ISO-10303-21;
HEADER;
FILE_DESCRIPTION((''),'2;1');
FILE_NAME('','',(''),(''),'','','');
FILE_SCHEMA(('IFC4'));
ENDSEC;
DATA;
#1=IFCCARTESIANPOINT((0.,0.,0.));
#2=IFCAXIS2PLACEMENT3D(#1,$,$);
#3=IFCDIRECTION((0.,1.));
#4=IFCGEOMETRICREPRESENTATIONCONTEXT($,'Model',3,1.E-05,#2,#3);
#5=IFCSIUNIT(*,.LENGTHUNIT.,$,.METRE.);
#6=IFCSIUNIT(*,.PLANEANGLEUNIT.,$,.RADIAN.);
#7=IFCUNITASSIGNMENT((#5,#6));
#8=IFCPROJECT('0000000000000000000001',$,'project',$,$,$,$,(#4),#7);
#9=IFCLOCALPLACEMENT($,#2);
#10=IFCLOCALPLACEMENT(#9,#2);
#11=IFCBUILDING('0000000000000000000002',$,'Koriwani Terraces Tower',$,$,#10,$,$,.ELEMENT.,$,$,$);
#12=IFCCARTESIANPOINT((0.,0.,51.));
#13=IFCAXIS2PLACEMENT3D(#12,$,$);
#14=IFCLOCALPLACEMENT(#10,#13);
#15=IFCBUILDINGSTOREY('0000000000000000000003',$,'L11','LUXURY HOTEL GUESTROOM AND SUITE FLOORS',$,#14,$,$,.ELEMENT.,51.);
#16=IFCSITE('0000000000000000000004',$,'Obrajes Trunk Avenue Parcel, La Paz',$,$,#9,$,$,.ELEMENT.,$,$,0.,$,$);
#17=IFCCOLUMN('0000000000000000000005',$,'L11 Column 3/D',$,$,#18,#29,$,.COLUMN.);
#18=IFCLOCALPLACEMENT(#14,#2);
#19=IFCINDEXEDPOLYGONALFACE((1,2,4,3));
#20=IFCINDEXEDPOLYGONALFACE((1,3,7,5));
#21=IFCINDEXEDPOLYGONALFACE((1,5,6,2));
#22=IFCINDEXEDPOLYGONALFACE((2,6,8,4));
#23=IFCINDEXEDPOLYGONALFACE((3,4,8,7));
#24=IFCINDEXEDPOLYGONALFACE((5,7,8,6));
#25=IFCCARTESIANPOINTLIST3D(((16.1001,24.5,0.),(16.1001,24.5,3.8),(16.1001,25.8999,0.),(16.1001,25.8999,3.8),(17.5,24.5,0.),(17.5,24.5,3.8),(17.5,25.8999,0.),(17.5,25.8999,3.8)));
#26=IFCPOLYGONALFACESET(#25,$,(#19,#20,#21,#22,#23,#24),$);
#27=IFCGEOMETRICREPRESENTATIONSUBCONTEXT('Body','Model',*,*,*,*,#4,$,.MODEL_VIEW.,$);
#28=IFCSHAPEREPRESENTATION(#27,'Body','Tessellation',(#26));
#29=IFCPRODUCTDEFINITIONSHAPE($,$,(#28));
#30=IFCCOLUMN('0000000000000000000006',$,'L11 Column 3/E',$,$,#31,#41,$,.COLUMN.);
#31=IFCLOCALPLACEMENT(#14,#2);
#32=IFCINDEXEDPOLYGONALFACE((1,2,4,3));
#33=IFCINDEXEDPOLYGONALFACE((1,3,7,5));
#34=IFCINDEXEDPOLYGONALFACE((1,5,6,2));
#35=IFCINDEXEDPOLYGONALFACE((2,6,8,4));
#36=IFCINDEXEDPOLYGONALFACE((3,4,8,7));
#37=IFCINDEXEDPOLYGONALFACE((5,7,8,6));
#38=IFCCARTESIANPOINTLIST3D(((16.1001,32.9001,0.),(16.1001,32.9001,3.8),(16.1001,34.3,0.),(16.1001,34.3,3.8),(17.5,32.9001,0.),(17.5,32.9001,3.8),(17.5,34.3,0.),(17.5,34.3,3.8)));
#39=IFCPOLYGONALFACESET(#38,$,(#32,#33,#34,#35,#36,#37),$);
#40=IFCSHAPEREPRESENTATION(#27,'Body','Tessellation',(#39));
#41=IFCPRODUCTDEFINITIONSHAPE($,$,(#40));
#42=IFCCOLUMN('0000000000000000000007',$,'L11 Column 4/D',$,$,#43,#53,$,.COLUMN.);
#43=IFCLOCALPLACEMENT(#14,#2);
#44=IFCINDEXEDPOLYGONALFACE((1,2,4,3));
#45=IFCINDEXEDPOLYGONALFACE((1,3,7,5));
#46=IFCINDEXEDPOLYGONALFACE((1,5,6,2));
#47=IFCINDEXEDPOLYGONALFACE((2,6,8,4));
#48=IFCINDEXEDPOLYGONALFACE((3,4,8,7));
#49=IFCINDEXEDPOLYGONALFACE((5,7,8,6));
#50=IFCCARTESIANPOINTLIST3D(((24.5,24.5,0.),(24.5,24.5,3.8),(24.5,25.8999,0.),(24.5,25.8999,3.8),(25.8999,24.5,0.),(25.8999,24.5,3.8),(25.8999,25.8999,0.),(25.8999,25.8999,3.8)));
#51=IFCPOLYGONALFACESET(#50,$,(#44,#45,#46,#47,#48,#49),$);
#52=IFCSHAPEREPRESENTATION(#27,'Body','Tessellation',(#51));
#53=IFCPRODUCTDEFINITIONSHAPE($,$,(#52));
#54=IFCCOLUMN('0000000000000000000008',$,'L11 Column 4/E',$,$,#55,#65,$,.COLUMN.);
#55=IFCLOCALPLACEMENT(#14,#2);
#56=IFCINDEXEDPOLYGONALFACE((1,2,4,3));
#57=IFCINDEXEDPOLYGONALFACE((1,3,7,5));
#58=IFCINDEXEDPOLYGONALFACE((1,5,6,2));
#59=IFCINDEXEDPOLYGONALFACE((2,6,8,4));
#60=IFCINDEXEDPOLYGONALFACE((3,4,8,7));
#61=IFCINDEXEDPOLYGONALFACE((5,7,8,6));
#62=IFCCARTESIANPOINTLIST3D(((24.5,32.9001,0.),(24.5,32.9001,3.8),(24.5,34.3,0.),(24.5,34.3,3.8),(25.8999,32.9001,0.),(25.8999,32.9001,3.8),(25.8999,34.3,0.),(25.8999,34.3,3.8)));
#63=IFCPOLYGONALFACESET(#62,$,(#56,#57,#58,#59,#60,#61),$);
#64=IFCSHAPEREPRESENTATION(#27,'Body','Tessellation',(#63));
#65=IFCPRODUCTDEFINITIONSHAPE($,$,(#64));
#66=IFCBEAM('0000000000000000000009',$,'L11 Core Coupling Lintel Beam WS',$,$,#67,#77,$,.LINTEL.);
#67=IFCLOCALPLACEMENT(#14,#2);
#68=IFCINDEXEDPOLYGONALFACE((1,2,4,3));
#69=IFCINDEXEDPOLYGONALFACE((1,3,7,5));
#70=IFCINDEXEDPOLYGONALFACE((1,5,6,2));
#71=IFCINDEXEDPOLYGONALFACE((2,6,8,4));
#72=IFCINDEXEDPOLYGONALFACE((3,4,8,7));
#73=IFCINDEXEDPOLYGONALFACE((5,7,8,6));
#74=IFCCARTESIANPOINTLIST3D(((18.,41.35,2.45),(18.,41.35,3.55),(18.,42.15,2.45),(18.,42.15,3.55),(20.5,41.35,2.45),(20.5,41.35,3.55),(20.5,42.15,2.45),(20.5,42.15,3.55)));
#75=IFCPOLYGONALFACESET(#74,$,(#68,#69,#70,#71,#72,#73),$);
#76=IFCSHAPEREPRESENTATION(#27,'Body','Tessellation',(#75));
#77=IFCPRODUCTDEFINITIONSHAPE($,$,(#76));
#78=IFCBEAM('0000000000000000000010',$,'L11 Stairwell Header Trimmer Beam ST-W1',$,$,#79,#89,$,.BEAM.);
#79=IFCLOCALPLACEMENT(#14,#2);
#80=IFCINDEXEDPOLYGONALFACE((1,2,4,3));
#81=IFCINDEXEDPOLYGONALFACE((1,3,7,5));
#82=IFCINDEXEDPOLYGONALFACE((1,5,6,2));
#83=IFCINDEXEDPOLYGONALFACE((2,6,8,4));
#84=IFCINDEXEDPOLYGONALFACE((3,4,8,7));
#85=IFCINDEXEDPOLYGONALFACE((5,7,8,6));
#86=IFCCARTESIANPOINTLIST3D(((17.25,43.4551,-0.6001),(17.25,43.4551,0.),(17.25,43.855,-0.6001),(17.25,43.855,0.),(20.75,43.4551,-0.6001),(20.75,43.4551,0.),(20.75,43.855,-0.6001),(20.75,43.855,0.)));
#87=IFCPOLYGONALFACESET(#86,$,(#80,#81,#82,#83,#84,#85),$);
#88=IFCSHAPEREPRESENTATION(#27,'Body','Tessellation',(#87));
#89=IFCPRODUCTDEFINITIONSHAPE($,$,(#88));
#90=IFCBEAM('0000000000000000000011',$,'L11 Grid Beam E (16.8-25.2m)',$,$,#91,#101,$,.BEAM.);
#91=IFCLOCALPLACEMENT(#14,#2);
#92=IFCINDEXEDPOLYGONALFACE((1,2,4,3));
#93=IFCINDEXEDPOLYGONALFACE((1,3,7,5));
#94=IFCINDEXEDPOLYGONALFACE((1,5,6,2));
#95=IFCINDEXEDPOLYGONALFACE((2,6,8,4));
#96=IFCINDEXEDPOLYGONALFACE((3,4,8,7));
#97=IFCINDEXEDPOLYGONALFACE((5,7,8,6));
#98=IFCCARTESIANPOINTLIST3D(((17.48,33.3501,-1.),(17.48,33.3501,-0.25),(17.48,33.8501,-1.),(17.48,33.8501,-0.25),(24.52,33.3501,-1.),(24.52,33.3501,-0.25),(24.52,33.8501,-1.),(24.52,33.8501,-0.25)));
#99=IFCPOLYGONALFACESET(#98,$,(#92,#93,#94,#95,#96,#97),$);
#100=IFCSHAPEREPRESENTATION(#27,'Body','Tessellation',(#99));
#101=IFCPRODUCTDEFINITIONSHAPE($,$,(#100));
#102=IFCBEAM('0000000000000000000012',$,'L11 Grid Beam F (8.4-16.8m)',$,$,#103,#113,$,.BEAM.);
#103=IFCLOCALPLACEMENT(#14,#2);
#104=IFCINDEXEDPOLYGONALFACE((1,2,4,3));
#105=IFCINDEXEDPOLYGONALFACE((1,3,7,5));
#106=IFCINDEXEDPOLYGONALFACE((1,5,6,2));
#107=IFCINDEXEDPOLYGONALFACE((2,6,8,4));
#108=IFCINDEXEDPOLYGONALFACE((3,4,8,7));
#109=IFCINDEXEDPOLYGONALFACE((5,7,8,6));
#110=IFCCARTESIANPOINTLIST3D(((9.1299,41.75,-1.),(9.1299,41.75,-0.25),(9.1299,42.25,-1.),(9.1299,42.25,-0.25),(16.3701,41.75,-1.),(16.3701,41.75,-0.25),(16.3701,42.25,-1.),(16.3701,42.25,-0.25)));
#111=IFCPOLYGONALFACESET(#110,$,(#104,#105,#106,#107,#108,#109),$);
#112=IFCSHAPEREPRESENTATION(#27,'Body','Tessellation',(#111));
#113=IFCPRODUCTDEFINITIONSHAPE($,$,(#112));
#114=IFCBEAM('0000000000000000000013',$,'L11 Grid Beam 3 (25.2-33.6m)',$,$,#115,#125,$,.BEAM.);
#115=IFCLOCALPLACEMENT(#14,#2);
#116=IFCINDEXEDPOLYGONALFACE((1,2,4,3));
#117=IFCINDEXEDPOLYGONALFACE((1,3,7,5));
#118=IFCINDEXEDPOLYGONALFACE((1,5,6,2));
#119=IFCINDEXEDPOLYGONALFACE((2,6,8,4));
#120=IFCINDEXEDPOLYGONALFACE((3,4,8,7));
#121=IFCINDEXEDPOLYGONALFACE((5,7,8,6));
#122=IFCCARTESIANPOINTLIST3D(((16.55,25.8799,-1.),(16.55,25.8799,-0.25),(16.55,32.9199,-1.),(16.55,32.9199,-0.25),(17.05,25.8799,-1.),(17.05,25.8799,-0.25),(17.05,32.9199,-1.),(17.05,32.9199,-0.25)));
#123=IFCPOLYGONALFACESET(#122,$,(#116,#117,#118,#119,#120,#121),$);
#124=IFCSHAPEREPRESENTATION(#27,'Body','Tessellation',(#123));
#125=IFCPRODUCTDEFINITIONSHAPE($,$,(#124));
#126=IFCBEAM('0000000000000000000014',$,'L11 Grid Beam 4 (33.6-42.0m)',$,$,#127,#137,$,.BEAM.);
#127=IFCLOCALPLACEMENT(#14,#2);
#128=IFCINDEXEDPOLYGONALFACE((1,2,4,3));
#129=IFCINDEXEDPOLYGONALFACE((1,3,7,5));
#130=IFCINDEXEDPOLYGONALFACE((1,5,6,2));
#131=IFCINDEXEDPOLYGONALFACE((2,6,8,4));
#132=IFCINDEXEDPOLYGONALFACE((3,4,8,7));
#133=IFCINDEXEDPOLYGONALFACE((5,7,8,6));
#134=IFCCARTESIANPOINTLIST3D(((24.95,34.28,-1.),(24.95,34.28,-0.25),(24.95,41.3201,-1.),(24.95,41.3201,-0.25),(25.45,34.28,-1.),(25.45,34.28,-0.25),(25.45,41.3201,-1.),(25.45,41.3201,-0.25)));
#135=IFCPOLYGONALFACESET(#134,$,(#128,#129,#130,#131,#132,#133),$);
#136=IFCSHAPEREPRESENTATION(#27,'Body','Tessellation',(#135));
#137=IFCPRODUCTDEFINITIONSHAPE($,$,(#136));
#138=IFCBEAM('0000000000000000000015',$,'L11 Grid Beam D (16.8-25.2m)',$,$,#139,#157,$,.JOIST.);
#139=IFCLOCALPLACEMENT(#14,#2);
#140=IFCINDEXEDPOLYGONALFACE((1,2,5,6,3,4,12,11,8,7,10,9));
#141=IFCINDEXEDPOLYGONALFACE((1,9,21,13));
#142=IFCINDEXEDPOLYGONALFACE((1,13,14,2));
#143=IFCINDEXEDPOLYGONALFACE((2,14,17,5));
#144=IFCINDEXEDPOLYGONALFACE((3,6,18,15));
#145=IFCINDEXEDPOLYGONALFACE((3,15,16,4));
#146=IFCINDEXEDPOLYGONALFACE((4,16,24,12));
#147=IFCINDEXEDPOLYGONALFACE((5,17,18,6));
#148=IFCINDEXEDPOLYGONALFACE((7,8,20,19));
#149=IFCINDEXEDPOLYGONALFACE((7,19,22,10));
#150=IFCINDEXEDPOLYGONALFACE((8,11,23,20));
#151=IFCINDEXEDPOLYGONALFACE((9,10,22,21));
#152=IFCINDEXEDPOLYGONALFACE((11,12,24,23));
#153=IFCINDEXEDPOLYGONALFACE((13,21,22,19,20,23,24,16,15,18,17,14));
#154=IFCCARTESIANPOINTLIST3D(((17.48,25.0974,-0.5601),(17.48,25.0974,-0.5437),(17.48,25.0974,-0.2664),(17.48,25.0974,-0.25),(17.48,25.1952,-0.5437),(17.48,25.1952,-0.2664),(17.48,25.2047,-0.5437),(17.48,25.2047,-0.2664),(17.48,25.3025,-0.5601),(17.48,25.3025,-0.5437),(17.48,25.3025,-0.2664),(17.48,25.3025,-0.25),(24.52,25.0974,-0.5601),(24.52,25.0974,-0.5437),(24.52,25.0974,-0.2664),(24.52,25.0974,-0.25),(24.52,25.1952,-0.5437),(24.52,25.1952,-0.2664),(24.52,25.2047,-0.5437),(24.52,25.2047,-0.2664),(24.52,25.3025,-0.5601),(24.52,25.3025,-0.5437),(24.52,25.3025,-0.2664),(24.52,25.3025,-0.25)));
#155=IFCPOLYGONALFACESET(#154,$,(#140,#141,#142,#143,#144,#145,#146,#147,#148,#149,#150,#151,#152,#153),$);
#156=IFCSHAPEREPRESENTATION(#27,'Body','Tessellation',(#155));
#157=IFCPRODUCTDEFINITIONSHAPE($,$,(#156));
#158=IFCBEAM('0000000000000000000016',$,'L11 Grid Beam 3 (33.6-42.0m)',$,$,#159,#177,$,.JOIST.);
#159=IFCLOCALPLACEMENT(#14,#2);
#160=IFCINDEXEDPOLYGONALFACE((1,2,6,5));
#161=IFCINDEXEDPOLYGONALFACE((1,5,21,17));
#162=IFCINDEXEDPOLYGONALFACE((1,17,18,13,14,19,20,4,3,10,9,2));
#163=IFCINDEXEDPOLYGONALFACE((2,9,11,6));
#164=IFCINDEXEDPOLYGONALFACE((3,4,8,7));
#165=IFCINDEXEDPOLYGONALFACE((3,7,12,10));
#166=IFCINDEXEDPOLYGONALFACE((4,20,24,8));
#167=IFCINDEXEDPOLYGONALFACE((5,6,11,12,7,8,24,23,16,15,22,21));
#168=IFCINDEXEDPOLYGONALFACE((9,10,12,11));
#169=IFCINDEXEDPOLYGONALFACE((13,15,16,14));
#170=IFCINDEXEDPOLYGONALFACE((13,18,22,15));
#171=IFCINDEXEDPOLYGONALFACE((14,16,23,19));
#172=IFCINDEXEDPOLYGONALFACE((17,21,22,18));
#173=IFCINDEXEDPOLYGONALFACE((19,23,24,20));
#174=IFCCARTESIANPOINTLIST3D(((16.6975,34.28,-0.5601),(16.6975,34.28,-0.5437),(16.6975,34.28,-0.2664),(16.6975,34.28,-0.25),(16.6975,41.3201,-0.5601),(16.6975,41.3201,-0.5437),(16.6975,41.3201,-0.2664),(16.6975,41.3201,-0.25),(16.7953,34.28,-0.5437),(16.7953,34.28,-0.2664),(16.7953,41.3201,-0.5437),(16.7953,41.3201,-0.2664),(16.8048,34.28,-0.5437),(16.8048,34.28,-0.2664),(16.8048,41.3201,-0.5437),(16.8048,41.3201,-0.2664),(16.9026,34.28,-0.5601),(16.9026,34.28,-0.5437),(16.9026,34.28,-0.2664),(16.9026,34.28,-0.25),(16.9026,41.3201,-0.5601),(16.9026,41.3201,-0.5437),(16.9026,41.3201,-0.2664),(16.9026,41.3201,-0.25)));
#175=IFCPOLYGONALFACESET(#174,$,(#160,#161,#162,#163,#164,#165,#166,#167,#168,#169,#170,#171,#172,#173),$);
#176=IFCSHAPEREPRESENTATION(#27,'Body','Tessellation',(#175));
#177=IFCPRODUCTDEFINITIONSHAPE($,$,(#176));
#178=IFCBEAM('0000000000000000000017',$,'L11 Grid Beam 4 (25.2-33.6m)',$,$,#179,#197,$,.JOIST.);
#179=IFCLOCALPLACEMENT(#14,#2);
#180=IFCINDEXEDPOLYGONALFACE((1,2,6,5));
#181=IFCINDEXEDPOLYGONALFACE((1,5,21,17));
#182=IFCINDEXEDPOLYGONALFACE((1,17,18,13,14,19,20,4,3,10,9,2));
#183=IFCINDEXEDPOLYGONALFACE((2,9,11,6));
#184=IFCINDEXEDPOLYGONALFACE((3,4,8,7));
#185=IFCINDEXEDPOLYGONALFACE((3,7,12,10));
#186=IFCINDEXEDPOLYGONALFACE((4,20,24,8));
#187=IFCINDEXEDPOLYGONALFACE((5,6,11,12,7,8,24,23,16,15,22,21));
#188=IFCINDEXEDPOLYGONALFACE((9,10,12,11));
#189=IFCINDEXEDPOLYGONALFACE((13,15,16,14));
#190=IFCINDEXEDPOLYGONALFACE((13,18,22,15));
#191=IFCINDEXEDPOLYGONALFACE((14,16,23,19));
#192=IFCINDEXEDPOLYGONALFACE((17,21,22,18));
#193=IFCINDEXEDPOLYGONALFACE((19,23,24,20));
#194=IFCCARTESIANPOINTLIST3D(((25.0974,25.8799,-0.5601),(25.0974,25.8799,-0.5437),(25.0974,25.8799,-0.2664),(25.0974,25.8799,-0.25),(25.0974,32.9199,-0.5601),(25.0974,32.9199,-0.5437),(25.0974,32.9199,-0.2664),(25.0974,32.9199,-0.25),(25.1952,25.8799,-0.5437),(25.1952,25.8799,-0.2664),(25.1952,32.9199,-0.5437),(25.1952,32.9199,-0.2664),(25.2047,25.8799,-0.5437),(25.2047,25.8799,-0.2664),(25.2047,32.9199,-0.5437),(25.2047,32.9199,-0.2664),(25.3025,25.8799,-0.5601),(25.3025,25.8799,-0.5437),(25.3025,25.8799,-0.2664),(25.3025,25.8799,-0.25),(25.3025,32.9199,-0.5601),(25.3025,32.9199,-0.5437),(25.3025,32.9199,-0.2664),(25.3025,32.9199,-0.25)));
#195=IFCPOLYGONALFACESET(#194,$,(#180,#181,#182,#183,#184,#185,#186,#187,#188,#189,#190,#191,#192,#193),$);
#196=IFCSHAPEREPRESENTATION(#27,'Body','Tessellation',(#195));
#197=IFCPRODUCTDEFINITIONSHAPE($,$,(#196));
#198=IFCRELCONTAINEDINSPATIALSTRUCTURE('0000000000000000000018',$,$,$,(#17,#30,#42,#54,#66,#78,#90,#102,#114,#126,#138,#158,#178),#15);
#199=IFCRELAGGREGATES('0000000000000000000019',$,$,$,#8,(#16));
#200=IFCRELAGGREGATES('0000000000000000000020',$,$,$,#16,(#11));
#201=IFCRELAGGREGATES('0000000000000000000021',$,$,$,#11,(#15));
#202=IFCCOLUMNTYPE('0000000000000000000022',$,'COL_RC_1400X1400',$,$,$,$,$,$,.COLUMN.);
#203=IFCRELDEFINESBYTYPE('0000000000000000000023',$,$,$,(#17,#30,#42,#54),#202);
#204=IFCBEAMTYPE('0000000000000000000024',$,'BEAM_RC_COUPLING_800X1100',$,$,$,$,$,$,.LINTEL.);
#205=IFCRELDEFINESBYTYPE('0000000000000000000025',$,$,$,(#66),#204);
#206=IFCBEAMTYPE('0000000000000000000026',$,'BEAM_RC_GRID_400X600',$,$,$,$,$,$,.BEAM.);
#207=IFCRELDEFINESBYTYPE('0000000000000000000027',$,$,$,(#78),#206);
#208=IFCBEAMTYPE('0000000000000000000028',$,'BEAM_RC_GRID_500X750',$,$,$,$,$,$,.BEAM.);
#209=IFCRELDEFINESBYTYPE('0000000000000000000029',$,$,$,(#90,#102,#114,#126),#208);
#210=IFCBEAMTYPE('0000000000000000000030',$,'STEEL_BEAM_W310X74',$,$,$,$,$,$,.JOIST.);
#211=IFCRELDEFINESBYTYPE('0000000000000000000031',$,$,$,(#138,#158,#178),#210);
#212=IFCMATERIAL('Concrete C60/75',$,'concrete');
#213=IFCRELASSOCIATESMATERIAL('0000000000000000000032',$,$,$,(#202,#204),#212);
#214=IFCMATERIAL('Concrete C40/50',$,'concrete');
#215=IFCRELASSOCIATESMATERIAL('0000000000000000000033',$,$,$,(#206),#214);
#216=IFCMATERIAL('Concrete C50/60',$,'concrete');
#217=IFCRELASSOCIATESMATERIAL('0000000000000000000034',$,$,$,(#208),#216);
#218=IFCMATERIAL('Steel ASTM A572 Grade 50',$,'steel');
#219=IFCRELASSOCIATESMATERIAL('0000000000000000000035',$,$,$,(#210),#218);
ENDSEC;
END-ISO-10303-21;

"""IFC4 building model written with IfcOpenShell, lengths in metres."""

from ifc_helpers import new_model, si_unit, direction, frame, origin, origin_2d, place, context, subcontext, project, spatial, rectangle, i_section, extrude, material, material_profile, profile_set, type_object, element, save


model = new_model("IFC4")

# Units and contexts
model_context = context("Model", 3, precision=1e-05, world=origin(), true_north=direction((0.0, 1.0)))
body_context = subcontext(model_context, "Body", "Model", "MODEL_VIEW")
ifc_project = project(units=[si_unit("LENGTHUNIT", "METRE"), si_unit("PLANEANGLEUNIT", "RADIAN")], contexts=[model_context])

# Site, building, storey
site_placement = place(None, origin())
site = spatial("IfcSite", under=ifc_project, at=site_placement, Name="Obrajes Trunk Avenue Parcel, La Paz", CompositionType="ELEMENT", RefElevation=0.0)
building_placement = place(site_placement, origin())
building = spatial("IfcBuilding", under=site, at=building_placement, Name="Koriwani Terraces Tower", CompositionType="ELEMENT")
storey_placement = place(building_placement, frame((0.0, 0.0, 51.0)))
storey = spatial("IfcBuildingStorey", under=building, at=storey_placement, Name="L11", Description="LUXURY HOTEL GUESTROOM AND SUITE FLOORS", CompositionType="ELEMENT", Elevation=51.0)

# Columns
ifc_material_1 = material(Name="Concrete C60/75", Category="concrete")
ifc_material_profile_1 = material_profile(ifc_material_1, rectangle(XDim=1.3999, YDim=1.3999, at=origin_2d()), Name="Concrete C60/75", Category="LoadBearing")
ifc_profile_set_1 = profile_set([ifc_material_profile_1], Name="Concrete C60/75")
column_type = type_object("IfcColumnType", Name="COL_RC_1400X1400", PredefinedType="COLUMN", material=ifc_profile_set_1)
for number, where, z_axis, x_axis, name in (
    (1, (16.8, 25.2, 0.0), (0.0, 0.0, 1.0), (1.0, 0.0, 0.0), "L11 Column 3/D"),
    (2, (16.8, 33.6001, 0.0), (0.0, 0.0, 1.0), (1.0, 0.0, 0.0), "L11 Column 3/E"),
    (3, (25.2, 25.2, 0.0), (0.0, 0.0, 1.0), (1.0, 0.0, 0.0), "L11 Column 4/D"),
    (4, (25.2, 33.6001, 0.0), (0.0, 0.0, 1.0), (1.0, 0.0, 0.0), "L11 Column 4/E"),
):
    element("IfcColumn", number, at=place(storey_placement, frame(where, z_axis=z_axis, x_axis=x_axis)), inside=storey, type_object=column_type, Name=name, PredefinedType="COLUMN", context=body_context, shape_type="SweptSolid", body=[
        extrude(rectangle(XDim=1.3999, YDim=1.3999, at=origin_2d()), origin(), (0.0, 0.0, 1.0), 3.8),
    ])

# Beams
ifc_material_profile_2 = material_profile(ifc_material_1, rectangle(XDim=0.8, YDim=1.1001, at=origin_2d()), Name="Concrete C60/75", Category="LoadBearing")
ifc_profile_set_2 = profile_set([ifc_material_profile_2], Name="Concrete C60/75")
beam_type_1 = type_object("IfcBeamType", Name="BEAM_RC_COUPLING_800X1100", PredefinedType="LINTEL", material=ifc_profile_set_2)
beam_1_placement = place(storey_placement, frame((18.0, 41.75, 3.0), z_axis=(1.0, 0.0, 0.0), x_axis=(0.0, 1.0, 0.0)))
element("IfcBeam", 5, at=beam_1_placement, inside=storey, type_object=beam_type_1, Name="L11 Core Coupling Lintel Beam WS", PredefinedType="LINTEL", context=body_context, shape_type="SweptSolid", body=[
    extrude(rectangle(XDim=0.8, YDim=1.1001, at=origin_2d()), origin(), (0.0, 0.0, 1.0), 2.5),
])
ifc_material_2 = material(Name="Concrete C40/50", Category="concrete")
ifc_material_profile_3 = material_profile(ifc_material_2, rectangle(XDim=0.3999, YDim=0.6001, at=origin_2d()), Name="Concrete C40/50", Category="LoadBearing")
ifc_profile_set_3 = profile_set([ifc_material_profile_3], Name="Concrete C40/50")
beam_type_2 = type_object("IfcBeamType", Name="BEAM_RC_GRID_400X600", PredefinedType="BEAM", material=ifc_profile_set_3)
beam_2_placement = place(storey_placement, frame((17.25, 43.655, -0.3), z_axis=(1.0, 0.0, 0.0), x_axis=(0.0, 1.0, 0.0)))
element("IfcBeam", 6, at=beam_2_placement, inside=storey, type_object=beam_type_2, Name="L11 Stairwell Header Trimmer Beam ST-W1", PredefinedType="BEAM", context=body_context, shape_type="SweptSolid", body=[
    extrude(rectangle(XDim=0.3999, YDim=0.6001, at=origin_2d()), origin(), (0.0, 0.0, 1.0), 3.5),
])
ifc_material_3 = material(Name="Concrete C50/60", Category="concrete")
ifc_material_profile_4 = material_profile(ifc_material_3, rectangle(XDim=0.5, YDim=0.75, at=origin_2d()), Name="Concrete C50/60", Category="LoadBearing")
ifc_profile_set_4 = profile_set([ifc_material_profile_4], Name="Concrete C50/60")
beam_type_3 = type_object("IfcBeamType", Name="BEAM_RC_GRID_500X750", PredefinedType="BEAM", material=ifc_profile_set_4)
beam_3_placement = place(storey_placement, frame((17.48, 33.6001, -0.625), z_axis=(1.0, 0.0, 0.0), x_axis=(0.0, 1.0, 0.0)))
element("IfcBeam", 7, at=beam_3_placement, inside=storey, type_object=beam_type_3, Name="L11 Grid Beam E (16.8-25.2m)", PredefinedType="BEAM", context=body_context, shape_type="SweptSolid", body=[
    extrude(rectangle(XDim=0.5, YDim=0.75, at=origin_2d()), origin(), (0.0, 0.0, 1.0), 7.04),
])
beam_4_placement = place(storey_placement, frame((9.1299, 42.0, -0.625), z_axis=(1.0, 0.0, 0.0), x_axis=(0.0, 1.0, 0.0)))
element("IfcBeam", 8, at=beam_4_placement, inside=storey, type_object=beam_type_3, Name="L11 Grid Beam F (8.4-16.8m)", PredefinedType="BEAM", context=body_context, shape_type="SweptSolid", body=[
    extrude(rectangle(XDim=0.5, YDim=0.75, at=origin_2d()), origin(), (0.0, 0.0, 1.0), 7.2402),
])
for number, where, z_axis, x_axis, name in (
    (9, (16.8, 25.8799, -0.625), (0.0, 1.0, 0.0), (-1.0, 0.0, 0.0), "L11 Grid Beam 3 (25.2-33.6m)"),
    (10, (25.2, 34.28, -0.625), (0.0, 1.0, 0.0), (-1.0, 0.0, 0.0), "L11 Grid Beam 4 (33.6-42.0m)"),
):
    element("IfcBeam", number, at=place(storey_placement, frame(where, z_axis=z_axis, x_axis=x_axis)), inside=storey, type_object=beam_type_3, Name=name, PredefinedType="BEAM", context=body_context, shape_type="SweptSolid", body=[
        extrude(rectangle(XDim=0.5, YDim=0.75, at=origin_2d()), origin(), (0.0, 0.0, 1.0), 7.04),
    ])
ifc_material_4 = material(Name="Steel ASTM A572 Grade 50", Category="steel")
ifc_material_profile_5 = material_profile(ifc_material_4, i_section(OverallWidth=0.2051, OverallDepth=0.3101, WebThickness=0.0095, FlangeThickness=0.0164, at=origin_2d()), Name="Steel ASTM A572 Grade 50", Category="LoadBearing")
ifc_profile_set_5 = profile_set([ifc_material_profile_5], Name="Steel ASTM A572 Grade 50")
beam_type_4 = type_object("IfcBeamType", Name="STEEL_BEAM_W310X74", PredefinedType="JOIST", material=ifc_profile_set_5)
for number, where, z_axis, x_axis, name in (
    (11, (17.48, 25.2, -0.405), (1.0, 0.0, 0.0), (0.0, 1.0, 0.0), "L11 Grid Beam D (16.8-25.2m)"),
    (12, (16.8, 34.28, -0.405), (0.0, 1.0, 0.0), (-1.0, 0.0, 0.0), "L11 Grid Beam 3 (33.6-42.0m)"),
    (13, (25.2, 25.8799, -0.405), (0.0, 1.0, 0.0), (-1.0, 0.0, 0.0), "L11 Grid Beam 4 (25.2-33.6m)"),
):
    element("IfcBeam", number, at=place(storey_placement, frame(where, z_axis=z_axis, x_axis=x_axis)), inside=storey, type_object=beam_type_4, Name=name, PredefinedType="JOIST", context=body_context, shape_type="SweptSolid", body=[
        extrude(i_section(OverallWidth=0.2051, OverallDepth=0.3101, WebThickness=0.0095, FlangeThickness=0.0164, at=origin_2d()), origin(), (0.0, 0.0, 1.0), 7.04),
    ])

save(model, "model.ifc")
